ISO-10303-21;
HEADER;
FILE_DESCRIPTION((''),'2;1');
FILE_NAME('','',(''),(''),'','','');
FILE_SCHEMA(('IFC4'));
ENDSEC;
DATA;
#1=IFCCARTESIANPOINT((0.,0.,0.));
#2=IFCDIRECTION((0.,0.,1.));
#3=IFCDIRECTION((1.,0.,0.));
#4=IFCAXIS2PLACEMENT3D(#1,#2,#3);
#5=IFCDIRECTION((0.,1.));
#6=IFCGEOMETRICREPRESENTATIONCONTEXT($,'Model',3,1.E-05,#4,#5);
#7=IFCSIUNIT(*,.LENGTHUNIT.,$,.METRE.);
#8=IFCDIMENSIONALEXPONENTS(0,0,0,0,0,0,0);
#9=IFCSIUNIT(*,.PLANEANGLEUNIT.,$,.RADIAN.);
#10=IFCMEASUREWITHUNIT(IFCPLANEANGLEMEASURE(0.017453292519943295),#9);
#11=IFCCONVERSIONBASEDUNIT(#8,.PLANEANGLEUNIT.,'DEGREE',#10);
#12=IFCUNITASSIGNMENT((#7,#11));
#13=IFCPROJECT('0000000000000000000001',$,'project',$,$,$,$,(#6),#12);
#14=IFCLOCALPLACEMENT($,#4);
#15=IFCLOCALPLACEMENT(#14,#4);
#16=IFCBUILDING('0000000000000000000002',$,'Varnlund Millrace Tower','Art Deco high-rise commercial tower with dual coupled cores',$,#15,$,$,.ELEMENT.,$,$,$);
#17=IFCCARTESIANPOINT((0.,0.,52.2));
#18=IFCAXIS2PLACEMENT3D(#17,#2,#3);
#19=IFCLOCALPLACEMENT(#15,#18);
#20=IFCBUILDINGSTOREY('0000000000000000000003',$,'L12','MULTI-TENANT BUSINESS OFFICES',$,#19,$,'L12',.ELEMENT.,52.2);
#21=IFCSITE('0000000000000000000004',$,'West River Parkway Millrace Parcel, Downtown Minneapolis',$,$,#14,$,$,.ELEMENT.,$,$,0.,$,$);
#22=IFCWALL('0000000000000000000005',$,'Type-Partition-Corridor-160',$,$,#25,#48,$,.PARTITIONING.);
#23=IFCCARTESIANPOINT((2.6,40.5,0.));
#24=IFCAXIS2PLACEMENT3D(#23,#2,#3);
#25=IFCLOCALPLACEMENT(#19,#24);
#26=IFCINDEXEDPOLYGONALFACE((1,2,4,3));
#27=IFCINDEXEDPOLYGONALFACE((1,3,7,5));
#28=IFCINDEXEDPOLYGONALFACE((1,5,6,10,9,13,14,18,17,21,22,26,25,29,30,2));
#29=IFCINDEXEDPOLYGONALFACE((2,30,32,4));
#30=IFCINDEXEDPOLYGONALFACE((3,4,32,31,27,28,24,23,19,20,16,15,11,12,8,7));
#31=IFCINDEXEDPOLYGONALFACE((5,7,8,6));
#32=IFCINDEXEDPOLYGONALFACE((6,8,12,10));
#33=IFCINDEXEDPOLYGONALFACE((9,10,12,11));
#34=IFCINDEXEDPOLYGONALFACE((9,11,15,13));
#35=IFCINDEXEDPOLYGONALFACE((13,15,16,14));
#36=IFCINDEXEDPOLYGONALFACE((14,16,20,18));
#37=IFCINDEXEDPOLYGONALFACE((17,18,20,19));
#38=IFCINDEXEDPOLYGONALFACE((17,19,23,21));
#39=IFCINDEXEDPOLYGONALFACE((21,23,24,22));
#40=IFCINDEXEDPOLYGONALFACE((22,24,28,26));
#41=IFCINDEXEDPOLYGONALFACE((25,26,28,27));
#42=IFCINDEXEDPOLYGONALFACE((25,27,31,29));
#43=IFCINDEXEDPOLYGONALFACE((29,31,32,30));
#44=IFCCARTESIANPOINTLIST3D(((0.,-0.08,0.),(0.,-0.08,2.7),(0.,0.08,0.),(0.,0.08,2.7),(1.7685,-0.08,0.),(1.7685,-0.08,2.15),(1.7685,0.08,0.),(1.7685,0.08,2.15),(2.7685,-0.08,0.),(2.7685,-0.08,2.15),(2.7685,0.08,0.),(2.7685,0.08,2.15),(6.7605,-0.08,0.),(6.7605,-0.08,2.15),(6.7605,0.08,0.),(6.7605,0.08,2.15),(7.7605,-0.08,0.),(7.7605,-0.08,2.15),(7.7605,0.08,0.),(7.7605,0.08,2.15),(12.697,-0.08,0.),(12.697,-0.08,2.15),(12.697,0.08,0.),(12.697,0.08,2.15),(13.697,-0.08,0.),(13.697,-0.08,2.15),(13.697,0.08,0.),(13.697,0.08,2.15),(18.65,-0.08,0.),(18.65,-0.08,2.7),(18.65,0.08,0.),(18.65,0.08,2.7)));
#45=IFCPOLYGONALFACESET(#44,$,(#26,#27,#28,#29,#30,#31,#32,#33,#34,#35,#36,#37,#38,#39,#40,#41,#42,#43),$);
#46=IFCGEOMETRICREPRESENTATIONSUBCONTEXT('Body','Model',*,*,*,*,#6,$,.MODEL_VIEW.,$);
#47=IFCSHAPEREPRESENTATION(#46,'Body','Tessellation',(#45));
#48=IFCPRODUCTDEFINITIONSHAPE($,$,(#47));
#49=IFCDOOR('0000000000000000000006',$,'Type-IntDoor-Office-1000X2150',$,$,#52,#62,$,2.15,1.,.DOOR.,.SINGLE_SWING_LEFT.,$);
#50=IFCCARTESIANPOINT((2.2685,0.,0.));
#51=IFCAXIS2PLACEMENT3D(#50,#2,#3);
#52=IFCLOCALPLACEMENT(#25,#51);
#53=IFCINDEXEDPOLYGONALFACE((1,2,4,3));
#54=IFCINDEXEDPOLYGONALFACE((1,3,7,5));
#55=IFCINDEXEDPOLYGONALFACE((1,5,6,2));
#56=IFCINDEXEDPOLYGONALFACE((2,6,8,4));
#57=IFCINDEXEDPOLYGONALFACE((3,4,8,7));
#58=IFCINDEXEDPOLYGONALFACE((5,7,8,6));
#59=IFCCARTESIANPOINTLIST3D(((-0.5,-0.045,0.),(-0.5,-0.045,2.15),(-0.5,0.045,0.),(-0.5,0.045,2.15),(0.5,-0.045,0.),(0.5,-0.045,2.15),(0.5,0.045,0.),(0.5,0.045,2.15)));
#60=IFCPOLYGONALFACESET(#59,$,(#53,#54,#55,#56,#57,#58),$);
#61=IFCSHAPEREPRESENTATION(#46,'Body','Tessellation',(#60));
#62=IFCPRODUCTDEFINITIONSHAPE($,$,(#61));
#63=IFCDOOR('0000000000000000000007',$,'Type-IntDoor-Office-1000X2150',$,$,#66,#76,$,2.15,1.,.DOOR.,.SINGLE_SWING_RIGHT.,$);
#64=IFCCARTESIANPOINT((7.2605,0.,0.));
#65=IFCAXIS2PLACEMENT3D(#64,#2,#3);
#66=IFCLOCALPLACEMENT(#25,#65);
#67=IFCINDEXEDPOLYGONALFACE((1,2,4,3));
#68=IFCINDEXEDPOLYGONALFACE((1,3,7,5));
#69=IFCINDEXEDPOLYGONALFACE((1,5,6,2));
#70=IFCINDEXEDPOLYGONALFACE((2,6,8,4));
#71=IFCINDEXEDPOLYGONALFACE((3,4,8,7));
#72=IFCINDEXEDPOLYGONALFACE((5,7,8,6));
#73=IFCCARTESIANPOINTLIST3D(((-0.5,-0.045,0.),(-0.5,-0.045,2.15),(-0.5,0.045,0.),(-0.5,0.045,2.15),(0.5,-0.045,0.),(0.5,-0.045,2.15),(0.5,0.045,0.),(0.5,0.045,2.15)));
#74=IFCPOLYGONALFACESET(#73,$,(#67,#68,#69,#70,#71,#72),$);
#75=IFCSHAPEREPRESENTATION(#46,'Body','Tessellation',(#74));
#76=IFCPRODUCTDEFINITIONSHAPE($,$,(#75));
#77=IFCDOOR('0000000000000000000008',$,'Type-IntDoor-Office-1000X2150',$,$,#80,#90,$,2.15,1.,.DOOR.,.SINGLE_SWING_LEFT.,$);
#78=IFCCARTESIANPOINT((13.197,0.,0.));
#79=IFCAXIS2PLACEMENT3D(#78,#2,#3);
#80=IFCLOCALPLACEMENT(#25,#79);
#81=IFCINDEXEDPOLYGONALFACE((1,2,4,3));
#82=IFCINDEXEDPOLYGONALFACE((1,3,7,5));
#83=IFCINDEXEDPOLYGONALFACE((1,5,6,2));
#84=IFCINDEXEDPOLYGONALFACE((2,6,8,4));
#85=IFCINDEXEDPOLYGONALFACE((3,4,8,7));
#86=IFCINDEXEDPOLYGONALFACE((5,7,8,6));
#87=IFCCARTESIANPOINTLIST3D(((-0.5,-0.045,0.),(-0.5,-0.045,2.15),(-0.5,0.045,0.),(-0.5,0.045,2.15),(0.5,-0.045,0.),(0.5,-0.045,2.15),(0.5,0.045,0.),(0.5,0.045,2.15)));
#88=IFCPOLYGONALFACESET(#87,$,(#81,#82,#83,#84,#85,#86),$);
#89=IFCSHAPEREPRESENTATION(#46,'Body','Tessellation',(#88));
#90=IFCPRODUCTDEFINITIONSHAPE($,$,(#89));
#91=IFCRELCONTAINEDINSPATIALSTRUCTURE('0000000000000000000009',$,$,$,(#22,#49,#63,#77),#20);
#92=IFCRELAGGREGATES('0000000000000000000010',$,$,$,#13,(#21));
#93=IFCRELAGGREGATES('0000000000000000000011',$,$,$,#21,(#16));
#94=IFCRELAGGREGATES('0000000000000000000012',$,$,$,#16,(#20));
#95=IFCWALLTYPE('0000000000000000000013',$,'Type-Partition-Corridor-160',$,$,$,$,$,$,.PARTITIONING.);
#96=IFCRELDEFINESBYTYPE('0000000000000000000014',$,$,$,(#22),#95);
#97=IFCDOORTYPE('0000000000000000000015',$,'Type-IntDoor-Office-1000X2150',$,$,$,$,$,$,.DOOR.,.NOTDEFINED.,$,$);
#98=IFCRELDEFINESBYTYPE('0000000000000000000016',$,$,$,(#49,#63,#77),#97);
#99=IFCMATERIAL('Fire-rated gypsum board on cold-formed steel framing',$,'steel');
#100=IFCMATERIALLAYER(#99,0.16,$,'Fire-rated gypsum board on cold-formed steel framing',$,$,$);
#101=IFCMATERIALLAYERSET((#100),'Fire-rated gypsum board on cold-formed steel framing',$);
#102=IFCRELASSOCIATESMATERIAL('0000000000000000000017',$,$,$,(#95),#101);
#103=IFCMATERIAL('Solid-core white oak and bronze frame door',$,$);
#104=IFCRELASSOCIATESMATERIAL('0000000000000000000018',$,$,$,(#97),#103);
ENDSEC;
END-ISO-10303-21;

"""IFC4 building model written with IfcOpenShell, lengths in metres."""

from ifc_helpers import new_model, entity, si_unit, converted_unit, direction, frame, origin_with_axes, origin_2d_with_axis, place, context, subcontext, project, spatial, polyline, rectangle, outline, extrude, material, layer, layer_set, type_object, element, fill, save


model = new_model("IFC4")

# Units and contexts
model_context = context("Model", 3, precision=1e-05, world=origin_with_axes(), true_north=direction((0.0, 1.0)))
body_context = subcontext(model_context, "Body", "Model", "MODEL_VIEW")
ifc_project = project(units=[si_unit("LENGTHUNIT", "METRE"), converted_unit("PLANEANGLEUNIT", "DEGREE", entity("IfcPlaneAngleMeasure", 0.017453292519943295), si_unit("PLANEANGLEUNIT", "RADIAN"), dimensions=[0, 0, 0, 0, 0, 0, 0])], contexts=[model_context])

# Site, building, storey
site_placement = place(None, origin_with_axes())
site = spatial("IfcSite", under=ifc_project, at=site_placement, Name="West River Parkway Millrace Parcel, Downtown Minneapolis", CompositionType="ELEMENT", RefElevation=0.0)
building_placement = place(site_placement, origin_with_axes())
building = spatial("IfcBuilding", under=site, at=building_placement, Name="Varnlund Millrace Tower", Description="Art Deco high-rise commercial tower with dual coupled cores", CompositionType="ELEMENT")
storey_placement = place(building_placement, frame((0.0, 0.0, 52.2), z_axis=(0.0, 0.0, 1.0), x_axis=(1.0, 0.0, 0.0)))
storey = spatial("IfcBuildingStorey", under=building, at=storey_placement, Name="L12", Description="MULTI-TENANT BUSINESS OFFICES", LongName="L12", CompositionType="ELEMENT", Elevation=52.2)

# Wall, openings, doors
ifc_material_1 = material(Name="Fire-rated gypsum board on cold-formed steel framing", Category="steel")
ifc_layer_1 = layer(ifc_material_1, 0.16, Name="Fire-rated gypsum board on cold-formed steel framing")
ifc_layer_set_1 = layer_set([ifc_layer_1], Name="Fire-rated gypsum board on cold-formed steel framing")
wall_type_1 = type_object("IfcWallType", Name="Type-Partition-Corridor-160", PredefinedType="PARTITIONING", material=ifc_layer_set_1)
wall_1_placement = place(storey_placement, frame((2.6, 40.5, 0.0), z_axis=(0.0, 0.0, 1.0), x_axis=(1.0, 0.0, 0.0)))
wall_1 = element("IfcWall", 1, at=wall_1_placement, inside=storey, type_object=wall_type_1, Name="Type-Partition-Corridor-160", PredefinedType="PARTITIONING", context=body_context, shape_type="SweptSolid", body=[
    extrude(outline(polyline([(0.0, -0.08), (18.65, -0.08), (18.65, 0.08), (0.0, 0.08), (0.0, -0.08)])), origin_with_axes(), (0.0, 0.0, 1.0), 2.7),
])
opening_1_placement = place(wall_1_placement, frame((2.2685, 0.0, 0.0), z_axis=(0.0, 0.0, 1.0), x_axis=(1.0, 0.0, 0.0)))
opening_1 = element("IfcOpeningElement", 2, at=opening_1_placement, cuts=wall_1, PredefinedType="OPENING", context=body_context, shape_type="SweptSolid", body=[
    extrude(rectangle(XDim=1.0, YDim=0.18, at=origin_2d_with_axis()), origin_with_axes(), (0.0, 0.0, 1.0), 2.15),
])
opening_2_placement = place(wall_1_placement, frame((7.2605, 0.0, 0.0), z_axis=(0.0, 0.0, 1.0), x_axis=(1.0, 0.0, 0.0)))
opening_2 = element("IfcOpeningElement", 3, at=opening_2_placement, cuts=wall_1, PredefinedType="OPENING", context=body_context, shape_type="SweptSolid", body=[
    extrude(rectangle(XDim=1.0, YDim=0.18, at=origin_2d_with_axis()), origin_with_axes(), (0.0, 0.0, 1.0), 2.15),
])
opening_3_placement = place(wall_1_placement, frame((13.197, 0.0, 0.0), z_axis=(0.0, 0.0, 1.0), x_axis=(1.0, 0.0, 0.0)))
opening_3 = element("IfcOpeningElement", 4, at=opening_3_placement, cuts=wall_1, PredefinedType="OPENING", context=body_context, shape_type="SweptSolid", body=[
    extrude(rectangle(XDim=1.0, YDim=0.18, at=origin_2d_with_axis()), origin_with_axes(), (0.0, 0.0, 1.0), 2.15),
])
ifc_material_2 = material(Name="Solid-core white oak and bronze frame door")
door_type_1 = type_object("IfcDoorType", Name="Type-IntDoor-Office-1000X2150", OperationType="NOTDEFINED", PredefinedType="DOOR", material=ifc_material_2)
door_1_placement = place(wall_1_placement, frame((2.2685, 0.0, 0.0), z_axis=(0.0, 0.0, 1.0), x_axis=(1.0, 0.0, 0.0)))
door_1 = element("IfcDoor", 5, at=door_1_placement, inside=storey, type_object=door_type_1, Name="Type-IntDoor-Office-1000X2150", OperationType="SINGLE_SWING_LEFT", OverallHeight=2.15, OverallWidth=1.0, PredefinedType="DOOR", context=body_context, shape_type="SweptSolid", body=[
    extrude(rectangle(XDim=1.0, YDim=0.09, at=origin_2d_with_axis()), origin_with_axes(), (0.0, 0.0, 1.0), 2.15),
])
fill(opening_1, door_1)
door_2_placement = place(wall_1_placement, frame((7.2605, 0.0, 0.0), z_axis=(0.0, 0.0, 1.0), x_axis=(1.0, 0.0, 0.0)))
door_2 = element("IfcDoor", 6, at=door_2_placement, inside=storey, type_object=door_type_1, Name="Type-IntDoor-Office-1000X2150", OperationType="SINGLE_SWING_RIGHT", OverallHeight=2.15, OverallWidth=1.0, PredefinedType="DOOR", context=body_context, shape_type="SweptSolid", body=[
    extrude(rectangle(XDim=1.0, YDim=0.09, at=origin_2d_with_axis()), origin_with_axes(), (0.0, 0.0, 1.0), 2.15),
])
fill(opening_2, door_2)
door_3_placement = place(wall_1_placement, frame((13.197, 0.0, 0.0), z_axis=(0.0, 0.0, 1.0), x_axis=(1.0, 0.0, 0.0)))
door_3 = element("IfcDoor", 7, at=door_3_placement, inside=storey, type_object=door_type_1, Name="Type-IntDoor-Office-1000X2150", OperationType="SINGLE_SWING_LEFT", OverallHeight=2.15, OverallWidth=1.0, PredefinedType="DOOR", context=body_context, shape_type="SweptSolid", body=[
    extrude(rectangle(XDim=1.0, YDim=0.09, at=origin_2d_with_axis()), origin_with_axes(), (0.0, 0.0, 1.0), 2.15),
])
fill(opening_3, door_3)

save(model, "model.ifc")
